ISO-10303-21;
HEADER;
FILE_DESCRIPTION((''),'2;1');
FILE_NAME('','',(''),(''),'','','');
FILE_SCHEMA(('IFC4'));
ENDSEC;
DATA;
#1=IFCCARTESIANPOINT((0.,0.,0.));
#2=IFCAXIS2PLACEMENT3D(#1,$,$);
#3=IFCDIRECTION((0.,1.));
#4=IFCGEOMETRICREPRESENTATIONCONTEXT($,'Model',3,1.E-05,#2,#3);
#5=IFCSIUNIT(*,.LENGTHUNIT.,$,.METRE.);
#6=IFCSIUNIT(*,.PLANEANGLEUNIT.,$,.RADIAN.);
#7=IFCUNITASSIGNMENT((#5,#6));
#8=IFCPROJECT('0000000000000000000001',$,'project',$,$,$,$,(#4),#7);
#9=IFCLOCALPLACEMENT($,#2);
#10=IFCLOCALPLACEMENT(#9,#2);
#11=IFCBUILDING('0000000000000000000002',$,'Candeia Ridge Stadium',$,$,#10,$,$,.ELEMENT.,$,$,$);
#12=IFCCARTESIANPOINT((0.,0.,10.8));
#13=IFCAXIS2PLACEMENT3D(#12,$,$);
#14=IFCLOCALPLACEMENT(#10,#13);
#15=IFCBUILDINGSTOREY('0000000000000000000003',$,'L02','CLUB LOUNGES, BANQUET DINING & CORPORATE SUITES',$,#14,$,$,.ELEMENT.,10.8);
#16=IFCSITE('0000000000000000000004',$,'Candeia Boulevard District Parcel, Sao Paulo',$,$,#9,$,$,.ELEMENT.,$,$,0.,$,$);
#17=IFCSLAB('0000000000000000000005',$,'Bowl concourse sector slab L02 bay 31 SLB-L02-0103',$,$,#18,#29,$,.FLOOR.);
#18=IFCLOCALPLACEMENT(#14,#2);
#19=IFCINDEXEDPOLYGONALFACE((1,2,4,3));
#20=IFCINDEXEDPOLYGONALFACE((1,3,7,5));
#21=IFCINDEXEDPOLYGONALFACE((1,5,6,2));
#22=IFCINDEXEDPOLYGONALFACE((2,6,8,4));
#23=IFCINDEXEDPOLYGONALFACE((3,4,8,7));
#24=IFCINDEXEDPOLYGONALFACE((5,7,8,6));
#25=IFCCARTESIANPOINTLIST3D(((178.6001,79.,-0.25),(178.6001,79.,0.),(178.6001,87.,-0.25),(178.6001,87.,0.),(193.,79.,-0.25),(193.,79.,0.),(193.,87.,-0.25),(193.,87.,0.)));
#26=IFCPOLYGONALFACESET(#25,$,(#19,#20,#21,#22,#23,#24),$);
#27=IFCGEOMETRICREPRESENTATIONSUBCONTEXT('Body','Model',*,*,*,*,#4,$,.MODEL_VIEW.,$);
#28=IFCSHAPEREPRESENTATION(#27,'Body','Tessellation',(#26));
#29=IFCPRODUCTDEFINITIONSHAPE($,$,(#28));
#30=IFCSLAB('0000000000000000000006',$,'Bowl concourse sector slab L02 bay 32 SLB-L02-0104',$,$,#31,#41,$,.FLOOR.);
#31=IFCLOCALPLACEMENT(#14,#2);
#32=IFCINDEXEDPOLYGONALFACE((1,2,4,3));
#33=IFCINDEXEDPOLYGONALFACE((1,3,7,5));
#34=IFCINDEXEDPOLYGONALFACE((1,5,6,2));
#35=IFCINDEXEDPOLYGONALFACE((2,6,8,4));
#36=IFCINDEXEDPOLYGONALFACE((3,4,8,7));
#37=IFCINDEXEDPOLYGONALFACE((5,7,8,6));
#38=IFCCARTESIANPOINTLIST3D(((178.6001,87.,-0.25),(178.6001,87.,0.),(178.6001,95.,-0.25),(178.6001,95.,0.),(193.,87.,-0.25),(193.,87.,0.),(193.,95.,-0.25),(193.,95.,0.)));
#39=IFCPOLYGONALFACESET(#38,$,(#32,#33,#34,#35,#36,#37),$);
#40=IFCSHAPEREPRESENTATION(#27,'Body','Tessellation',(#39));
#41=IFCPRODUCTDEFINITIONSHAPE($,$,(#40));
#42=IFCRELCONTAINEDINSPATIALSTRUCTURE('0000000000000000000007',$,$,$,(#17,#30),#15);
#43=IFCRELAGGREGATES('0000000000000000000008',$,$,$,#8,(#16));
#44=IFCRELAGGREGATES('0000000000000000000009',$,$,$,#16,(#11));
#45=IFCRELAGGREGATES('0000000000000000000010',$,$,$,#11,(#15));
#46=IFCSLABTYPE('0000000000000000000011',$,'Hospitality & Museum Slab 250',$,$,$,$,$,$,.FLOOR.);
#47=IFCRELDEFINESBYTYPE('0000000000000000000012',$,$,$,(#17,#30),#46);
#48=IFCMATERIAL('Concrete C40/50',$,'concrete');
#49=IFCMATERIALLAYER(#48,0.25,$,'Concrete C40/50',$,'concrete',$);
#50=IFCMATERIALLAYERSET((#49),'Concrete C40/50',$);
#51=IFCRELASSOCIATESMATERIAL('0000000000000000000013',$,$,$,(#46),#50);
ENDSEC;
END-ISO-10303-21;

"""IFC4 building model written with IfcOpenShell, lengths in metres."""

from ifc_helpers import new_model, si_unit, direction, frame, origin, place, context, subcontext, project, spatial, polyline, outline, extrude, material, layer, layer_set, type_object, element, save


model = new_model("IFC4")

# Units and contexts
model_context = context("Model", 3, precision=1e-05, world=origin(), true_north=direction((0.0, 1.0)))
body_context = subcontext(model_context, "Body", "Model", "MODEL_VIEW")
ifc_project = project(units=[si_unit("LENGTHUNIT", "METRE"), si_unit("PLANEANGLEUNIT", "RADIAN")], contexts=[model_context])

# Site, building, storey
site_placement = place(None, origin())
site = spatial("IfcSite", under=ifc_project, at=site_placement, Name="Candeia Boulevard District Parcel, Sao Paulo", CompositionType="ELEMENT", RefElevation=0.0)
building_placement = place(site_placement, origin())
building = spatial("IfcBuilding", under=site, at=building_placement, Name="Candeia Ridge Stadium", CompositionType="ELEMENT")
storey_placement = place(building_placement, frame((0.0, 0.0, 10.8)))
storey = spatial("IfcBuildingStorey", under=building, at=storey_placement, Name="L02", Description="CLUB LOUNGES, BANQUET DINING & CORPORATE SUITES", CompositionType="ELEMENT", Elevation=10.8)

# Slabs
ifc_material = material(Name="Concrete C40/50", Category="concrete")
ifc_layer_1 = layer(ifc_material, 0.25, Name="Concrete C40/50", Category="concrete")
ifc_layer_set_1 = layer_set([ifc_layer_1], Name="Concrete C40/50")
slab_type_1 = type_object("IfcSlabType", Name="Hospitality & Museum Slab 250", PredefinedType="FLOOR", material=ifc_layer_set_1)
slab_1_placement = place(storey_placement, frame((0.0, 0.0, -0.25)))
element("IfcSlab", 1, at=slab_1_placement, inside=storey, type_object=slab_type_1, Name="Bowl concourse sector slab L02 bay 31 SLB-L02-0103", PredefinedType="FLOOR", context=body_context, shape_type="SweptSolid", body=[
    extrude(outline(polyline([(178.6001, 87.0), (193.0, 87.0), (193.0, 79.0), (178.6001, 79.0), (178.6001, 87.0)])), origin(), (0.0, 0.0, 1.0), 0.25),
])
slab_2_placement = place(storey_placement, frame((0.0, 0.0, -0.25)))
element("IfcSlab", 2, at=slab_2_placement, inside=storey, type_object=slab_type_1, Name="Bowl concourse sector slab L02 bay 32 SLB-L02-0104", PredefinedType="FLOOR", context=body_context, shape_type="SweptSolid", body=[
    extrude(outline(polyline([(178.6001, 95.0), (193.0, 95.0), (193.0, 87.0), (178.6001, 87.0), (178.6001, 95.0)])), origin(), (0.0, 0.0, 1.0), 0.25),
])

save(model, "model.ifc")
